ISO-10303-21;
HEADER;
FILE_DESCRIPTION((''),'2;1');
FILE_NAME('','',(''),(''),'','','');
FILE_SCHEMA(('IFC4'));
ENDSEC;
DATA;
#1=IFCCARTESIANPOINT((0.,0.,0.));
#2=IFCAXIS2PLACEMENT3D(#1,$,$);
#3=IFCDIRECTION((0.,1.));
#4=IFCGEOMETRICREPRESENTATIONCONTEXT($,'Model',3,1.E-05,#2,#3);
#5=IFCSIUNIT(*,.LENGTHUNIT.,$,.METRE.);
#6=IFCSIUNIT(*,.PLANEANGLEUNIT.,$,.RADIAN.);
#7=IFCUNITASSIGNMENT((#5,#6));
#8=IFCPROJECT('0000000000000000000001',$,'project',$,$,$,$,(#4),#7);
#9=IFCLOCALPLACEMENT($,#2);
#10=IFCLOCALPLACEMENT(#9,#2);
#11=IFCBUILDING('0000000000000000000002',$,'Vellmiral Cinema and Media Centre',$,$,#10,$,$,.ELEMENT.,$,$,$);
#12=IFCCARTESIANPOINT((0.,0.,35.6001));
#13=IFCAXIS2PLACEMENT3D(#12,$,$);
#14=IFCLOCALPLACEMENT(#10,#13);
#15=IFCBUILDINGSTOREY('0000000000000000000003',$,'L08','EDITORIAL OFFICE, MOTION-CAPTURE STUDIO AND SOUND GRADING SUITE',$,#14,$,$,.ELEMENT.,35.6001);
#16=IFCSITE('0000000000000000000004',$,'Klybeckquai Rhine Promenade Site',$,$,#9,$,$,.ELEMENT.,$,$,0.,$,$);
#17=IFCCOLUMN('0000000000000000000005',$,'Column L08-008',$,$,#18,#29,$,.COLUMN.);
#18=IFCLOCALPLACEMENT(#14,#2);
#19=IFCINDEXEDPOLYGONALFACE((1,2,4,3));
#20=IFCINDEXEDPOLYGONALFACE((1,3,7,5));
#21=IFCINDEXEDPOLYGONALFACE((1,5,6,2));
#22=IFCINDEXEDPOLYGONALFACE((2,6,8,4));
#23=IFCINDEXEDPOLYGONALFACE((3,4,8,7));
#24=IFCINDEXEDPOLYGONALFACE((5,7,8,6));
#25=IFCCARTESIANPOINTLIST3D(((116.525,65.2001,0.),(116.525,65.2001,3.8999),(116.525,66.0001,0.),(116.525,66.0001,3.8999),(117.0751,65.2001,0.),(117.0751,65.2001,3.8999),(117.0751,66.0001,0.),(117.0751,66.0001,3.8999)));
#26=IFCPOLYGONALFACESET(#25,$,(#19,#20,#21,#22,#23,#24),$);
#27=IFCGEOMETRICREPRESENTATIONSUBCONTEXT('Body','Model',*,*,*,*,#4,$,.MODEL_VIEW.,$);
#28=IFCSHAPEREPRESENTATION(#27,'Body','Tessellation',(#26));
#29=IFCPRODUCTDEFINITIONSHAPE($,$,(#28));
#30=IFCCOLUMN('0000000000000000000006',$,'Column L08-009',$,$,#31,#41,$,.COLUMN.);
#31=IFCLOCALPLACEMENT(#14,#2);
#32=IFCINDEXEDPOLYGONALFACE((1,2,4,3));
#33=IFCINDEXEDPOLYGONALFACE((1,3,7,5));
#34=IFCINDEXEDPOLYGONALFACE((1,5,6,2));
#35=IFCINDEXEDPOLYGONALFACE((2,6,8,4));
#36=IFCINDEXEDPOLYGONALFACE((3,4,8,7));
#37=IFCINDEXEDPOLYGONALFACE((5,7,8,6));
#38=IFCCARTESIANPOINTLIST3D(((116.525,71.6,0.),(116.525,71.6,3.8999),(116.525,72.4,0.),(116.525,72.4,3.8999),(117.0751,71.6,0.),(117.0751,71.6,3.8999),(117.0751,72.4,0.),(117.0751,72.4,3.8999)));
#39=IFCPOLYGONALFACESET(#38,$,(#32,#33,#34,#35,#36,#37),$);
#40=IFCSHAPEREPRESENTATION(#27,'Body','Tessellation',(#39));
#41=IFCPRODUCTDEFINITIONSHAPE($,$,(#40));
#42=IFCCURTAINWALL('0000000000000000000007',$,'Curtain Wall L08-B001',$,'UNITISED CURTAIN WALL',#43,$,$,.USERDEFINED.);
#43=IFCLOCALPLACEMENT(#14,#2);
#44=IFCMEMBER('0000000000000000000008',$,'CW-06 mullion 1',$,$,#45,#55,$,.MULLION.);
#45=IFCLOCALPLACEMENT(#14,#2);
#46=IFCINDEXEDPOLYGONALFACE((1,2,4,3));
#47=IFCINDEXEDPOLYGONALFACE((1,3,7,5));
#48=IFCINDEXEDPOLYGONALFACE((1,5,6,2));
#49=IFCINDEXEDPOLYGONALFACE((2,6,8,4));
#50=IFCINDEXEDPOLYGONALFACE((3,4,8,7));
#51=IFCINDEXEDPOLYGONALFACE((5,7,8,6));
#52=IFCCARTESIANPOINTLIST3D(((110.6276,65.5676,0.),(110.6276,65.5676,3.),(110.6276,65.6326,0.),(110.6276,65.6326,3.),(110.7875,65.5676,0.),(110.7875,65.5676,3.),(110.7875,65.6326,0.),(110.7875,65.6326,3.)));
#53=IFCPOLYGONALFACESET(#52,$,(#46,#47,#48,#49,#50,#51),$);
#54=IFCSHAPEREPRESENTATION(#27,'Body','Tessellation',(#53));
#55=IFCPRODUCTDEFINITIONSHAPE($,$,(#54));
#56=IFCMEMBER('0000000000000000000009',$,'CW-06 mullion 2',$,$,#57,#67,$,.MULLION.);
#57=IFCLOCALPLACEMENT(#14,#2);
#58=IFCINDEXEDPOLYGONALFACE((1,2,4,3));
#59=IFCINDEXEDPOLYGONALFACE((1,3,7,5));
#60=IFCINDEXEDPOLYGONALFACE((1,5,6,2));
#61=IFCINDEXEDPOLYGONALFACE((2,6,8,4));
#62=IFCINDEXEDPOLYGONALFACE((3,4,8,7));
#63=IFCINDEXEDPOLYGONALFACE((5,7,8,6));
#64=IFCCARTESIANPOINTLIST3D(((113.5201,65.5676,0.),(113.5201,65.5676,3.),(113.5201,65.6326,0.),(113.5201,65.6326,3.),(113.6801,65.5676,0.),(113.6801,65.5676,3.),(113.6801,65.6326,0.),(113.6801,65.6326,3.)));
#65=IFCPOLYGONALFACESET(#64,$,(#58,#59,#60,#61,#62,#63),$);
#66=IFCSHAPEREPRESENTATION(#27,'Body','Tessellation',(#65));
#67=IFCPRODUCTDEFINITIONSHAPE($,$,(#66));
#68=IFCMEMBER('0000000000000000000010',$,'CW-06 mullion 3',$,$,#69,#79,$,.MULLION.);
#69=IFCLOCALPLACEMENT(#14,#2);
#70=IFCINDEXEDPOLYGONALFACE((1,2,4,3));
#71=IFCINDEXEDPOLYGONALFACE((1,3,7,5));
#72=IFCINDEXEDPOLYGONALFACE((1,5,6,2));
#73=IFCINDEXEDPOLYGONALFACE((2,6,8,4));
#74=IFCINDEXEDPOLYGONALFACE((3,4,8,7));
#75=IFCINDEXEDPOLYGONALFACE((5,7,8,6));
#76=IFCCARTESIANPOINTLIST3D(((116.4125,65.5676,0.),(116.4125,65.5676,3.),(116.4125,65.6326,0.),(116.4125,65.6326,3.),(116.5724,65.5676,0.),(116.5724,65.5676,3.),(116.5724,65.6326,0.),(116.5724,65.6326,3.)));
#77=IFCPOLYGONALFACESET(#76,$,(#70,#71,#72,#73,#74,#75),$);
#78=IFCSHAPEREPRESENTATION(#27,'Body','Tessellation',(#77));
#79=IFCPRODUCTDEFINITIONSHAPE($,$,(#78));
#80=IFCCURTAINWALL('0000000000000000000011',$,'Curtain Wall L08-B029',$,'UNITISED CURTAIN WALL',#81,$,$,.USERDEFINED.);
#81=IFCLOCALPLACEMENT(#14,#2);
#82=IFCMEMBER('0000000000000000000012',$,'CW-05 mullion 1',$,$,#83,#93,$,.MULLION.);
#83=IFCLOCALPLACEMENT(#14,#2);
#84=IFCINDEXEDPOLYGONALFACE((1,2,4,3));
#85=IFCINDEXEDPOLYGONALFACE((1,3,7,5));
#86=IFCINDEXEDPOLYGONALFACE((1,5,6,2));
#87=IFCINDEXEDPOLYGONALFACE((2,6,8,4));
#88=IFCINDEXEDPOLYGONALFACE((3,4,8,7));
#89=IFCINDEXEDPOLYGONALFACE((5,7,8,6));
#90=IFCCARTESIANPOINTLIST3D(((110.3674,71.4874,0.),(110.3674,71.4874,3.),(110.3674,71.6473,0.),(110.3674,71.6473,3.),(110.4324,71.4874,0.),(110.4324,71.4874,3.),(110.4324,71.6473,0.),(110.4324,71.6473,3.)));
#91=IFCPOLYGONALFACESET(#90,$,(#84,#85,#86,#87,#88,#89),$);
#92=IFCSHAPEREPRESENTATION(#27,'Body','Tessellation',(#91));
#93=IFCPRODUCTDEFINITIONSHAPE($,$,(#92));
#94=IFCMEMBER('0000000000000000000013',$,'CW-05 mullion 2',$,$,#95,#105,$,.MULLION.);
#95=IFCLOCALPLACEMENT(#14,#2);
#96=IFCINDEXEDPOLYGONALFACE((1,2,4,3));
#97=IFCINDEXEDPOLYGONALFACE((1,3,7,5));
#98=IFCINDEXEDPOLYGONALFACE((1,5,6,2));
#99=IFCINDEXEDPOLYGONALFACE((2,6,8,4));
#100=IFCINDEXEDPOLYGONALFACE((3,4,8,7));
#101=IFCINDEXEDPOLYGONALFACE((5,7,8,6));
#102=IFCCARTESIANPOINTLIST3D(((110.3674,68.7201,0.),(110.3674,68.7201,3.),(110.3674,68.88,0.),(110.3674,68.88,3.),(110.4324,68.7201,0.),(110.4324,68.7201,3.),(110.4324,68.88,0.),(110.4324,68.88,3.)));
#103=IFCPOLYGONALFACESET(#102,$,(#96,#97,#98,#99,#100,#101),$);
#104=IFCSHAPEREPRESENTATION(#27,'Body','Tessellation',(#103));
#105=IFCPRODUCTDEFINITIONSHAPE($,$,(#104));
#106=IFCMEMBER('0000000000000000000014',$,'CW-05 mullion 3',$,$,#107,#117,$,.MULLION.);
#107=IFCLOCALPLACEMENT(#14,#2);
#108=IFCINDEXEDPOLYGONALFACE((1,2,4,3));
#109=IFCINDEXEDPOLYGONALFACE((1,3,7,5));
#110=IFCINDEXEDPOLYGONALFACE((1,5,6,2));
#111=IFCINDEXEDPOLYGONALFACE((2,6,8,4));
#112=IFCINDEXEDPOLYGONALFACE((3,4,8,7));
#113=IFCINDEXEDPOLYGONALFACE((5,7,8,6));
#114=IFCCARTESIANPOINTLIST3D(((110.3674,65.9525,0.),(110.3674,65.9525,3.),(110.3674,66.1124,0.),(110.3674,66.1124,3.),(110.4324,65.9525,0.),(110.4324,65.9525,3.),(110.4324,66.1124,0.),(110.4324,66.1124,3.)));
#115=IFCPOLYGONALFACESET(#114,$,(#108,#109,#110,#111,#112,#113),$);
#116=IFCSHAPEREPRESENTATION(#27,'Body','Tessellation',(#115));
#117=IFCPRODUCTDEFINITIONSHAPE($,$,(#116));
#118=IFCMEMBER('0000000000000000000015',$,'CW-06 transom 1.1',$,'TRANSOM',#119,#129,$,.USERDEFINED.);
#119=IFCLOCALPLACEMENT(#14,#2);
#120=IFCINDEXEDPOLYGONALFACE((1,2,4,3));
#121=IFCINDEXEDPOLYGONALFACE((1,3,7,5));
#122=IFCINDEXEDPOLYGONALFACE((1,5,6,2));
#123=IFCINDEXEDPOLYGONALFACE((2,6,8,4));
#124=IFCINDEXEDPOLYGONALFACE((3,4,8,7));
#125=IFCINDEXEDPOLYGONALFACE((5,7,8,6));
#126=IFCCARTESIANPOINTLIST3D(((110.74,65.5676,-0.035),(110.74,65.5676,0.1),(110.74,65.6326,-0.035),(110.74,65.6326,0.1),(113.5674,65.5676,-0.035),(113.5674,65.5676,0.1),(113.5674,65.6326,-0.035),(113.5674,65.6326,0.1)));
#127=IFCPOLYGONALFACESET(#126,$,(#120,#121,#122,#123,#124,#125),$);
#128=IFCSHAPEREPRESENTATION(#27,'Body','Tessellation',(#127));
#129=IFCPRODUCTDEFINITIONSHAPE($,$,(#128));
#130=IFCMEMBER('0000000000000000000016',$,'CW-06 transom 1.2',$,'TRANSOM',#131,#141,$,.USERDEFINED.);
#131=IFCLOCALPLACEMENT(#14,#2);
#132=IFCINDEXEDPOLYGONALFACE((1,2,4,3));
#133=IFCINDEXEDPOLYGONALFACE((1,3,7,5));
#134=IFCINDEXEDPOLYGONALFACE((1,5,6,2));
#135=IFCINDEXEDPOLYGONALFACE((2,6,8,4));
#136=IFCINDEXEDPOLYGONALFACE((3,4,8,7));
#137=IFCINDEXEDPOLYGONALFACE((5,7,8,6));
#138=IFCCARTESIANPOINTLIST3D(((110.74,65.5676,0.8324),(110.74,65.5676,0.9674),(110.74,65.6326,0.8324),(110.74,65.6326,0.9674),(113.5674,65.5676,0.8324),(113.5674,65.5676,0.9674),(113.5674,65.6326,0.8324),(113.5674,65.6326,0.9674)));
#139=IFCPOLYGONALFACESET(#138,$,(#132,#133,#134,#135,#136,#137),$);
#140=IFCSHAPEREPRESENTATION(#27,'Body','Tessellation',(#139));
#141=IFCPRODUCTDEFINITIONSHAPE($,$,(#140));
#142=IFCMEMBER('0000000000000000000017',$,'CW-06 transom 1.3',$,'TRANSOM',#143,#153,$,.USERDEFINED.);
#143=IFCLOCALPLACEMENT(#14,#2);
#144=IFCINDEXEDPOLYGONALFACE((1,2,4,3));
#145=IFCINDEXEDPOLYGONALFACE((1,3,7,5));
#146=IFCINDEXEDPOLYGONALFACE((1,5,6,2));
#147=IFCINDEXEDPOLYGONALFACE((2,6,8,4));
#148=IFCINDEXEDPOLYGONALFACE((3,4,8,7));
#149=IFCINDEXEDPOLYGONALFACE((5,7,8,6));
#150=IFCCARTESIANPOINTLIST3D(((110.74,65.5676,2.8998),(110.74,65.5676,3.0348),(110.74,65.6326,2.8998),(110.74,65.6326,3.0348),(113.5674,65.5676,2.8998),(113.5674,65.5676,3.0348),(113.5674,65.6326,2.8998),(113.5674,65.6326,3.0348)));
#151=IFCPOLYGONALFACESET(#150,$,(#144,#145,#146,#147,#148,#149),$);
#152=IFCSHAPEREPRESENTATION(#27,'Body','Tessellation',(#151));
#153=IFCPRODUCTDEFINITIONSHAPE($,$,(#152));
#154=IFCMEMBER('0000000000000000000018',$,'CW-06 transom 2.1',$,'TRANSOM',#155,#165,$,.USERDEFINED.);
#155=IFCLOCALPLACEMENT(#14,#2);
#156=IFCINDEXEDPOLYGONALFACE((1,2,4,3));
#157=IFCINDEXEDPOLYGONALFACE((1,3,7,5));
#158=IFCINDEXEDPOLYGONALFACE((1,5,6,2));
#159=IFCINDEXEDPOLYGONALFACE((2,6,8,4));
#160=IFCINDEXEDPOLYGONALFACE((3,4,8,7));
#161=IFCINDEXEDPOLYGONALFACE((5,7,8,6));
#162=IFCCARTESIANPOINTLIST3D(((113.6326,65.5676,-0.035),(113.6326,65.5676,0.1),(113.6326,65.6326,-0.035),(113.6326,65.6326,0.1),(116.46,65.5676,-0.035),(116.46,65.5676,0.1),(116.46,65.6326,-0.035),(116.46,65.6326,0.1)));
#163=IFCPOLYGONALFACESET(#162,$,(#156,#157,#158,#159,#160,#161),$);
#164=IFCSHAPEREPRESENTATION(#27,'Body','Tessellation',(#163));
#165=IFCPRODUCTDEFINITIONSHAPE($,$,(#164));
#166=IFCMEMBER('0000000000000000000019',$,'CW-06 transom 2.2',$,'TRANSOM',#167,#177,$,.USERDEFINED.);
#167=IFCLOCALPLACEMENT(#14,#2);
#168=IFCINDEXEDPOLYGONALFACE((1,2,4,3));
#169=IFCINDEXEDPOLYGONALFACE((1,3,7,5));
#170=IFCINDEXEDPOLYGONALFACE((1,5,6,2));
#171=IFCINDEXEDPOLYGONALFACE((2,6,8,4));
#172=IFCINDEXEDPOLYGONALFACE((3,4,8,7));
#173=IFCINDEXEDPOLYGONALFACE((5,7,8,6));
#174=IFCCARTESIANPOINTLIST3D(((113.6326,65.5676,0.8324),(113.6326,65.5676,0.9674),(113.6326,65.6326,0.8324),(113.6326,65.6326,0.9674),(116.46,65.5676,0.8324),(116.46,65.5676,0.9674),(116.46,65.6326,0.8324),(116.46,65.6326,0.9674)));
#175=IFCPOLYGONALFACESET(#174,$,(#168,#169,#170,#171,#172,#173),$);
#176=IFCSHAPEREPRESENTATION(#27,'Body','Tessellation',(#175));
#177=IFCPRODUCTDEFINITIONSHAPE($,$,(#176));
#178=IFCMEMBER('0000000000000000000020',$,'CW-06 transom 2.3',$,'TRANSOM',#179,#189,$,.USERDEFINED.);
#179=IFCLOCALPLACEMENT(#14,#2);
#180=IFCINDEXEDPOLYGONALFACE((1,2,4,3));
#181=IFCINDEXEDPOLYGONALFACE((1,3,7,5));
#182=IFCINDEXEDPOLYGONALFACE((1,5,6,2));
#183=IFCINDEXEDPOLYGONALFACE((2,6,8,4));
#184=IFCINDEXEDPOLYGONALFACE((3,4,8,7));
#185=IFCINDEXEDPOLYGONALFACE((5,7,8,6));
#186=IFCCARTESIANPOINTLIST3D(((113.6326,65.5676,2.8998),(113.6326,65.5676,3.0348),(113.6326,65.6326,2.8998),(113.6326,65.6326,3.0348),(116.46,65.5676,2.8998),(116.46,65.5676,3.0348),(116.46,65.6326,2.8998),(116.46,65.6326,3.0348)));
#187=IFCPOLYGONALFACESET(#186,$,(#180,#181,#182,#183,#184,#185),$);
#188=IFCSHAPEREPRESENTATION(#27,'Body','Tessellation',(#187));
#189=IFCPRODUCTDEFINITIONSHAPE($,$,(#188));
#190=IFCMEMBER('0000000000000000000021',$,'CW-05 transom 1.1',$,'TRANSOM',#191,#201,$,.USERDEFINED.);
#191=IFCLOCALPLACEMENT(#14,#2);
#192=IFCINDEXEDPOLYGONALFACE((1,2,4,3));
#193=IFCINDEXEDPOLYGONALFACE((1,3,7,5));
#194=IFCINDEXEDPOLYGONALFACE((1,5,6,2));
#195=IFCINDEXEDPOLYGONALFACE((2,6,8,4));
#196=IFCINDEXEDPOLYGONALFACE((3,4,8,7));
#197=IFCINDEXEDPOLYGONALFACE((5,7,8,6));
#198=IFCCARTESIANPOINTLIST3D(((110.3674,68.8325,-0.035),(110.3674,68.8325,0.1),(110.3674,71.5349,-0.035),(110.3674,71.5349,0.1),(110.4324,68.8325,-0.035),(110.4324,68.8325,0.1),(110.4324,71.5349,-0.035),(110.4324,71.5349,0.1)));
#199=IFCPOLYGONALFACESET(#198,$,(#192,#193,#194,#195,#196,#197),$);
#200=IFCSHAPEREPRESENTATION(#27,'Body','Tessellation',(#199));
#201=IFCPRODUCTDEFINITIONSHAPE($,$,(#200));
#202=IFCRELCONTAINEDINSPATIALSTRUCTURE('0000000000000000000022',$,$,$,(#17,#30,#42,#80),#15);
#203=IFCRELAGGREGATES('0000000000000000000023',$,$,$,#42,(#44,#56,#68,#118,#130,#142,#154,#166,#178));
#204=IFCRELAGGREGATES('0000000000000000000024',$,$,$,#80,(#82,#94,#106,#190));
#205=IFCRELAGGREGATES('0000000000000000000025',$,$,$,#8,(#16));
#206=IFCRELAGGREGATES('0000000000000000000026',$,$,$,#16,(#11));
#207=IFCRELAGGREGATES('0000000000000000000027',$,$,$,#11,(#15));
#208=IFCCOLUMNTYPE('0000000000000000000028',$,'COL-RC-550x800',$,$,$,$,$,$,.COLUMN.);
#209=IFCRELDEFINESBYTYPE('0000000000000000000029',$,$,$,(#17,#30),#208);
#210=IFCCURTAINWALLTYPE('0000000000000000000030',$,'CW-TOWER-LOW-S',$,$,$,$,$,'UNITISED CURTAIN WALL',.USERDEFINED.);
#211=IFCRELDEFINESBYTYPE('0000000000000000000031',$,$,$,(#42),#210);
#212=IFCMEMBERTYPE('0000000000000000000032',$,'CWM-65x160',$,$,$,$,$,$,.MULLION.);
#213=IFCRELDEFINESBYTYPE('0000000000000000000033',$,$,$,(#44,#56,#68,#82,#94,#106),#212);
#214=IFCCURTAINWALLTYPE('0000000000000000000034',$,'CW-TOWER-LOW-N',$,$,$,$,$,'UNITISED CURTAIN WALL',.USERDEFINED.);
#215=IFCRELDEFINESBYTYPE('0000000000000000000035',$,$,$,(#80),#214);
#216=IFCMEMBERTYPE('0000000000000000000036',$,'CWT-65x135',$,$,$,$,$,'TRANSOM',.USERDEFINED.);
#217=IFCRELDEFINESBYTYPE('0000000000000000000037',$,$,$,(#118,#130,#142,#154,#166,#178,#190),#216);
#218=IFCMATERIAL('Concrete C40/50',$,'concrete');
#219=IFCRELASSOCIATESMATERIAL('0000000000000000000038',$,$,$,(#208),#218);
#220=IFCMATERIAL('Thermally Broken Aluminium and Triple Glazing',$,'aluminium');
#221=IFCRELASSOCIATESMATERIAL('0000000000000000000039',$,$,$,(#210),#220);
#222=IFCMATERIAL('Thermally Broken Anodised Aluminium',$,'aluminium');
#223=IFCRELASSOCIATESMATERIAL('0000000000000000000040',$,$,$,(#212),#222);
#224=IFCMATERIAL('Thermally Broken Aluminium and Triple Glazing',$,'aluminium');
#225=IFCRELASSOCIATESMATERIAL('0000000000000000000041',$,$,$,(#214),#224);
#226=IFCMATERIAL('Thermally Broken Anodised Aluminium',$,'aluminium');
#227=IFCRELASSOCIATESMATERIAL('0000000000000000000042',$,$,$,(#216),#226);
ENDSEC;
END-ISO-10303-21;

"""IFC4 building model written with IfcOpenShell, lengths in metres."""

from ifc_helpers import new_model, si_unit, direction, frame, origin, origin_2d, place, context, subcontext, project, spatial, rectangle, extrude, material, material_profile, profile_set, type_object, element, aggregate, save


model = new_model("IFC4")

# Units and contexts
model_context = context("Model", 3, precision=1e-05, world=origin(), true_north=direction((0.0, 1.0)))
body_context = subcontext(model_context, "Body", "Model", "MODEL_VIEW")
ifc_project = project(units=[si_unit("LENGTHUNIT", "METRE"), si_unit("PLANEANGLEUNIT", "RADIAN")], contexts=[model_context])

# Site, building, storey
site_placement = place(None, origin())
site = spatial("IfcSite", under=ifc_project, at=site_placement, Name="Klybeckquai Rhine Promenade Site", CompositionType="ELEMENT", RefElevation=0.0)
building_placement = place(site_placement, origin())
building = spatial("IfcBuilding", under=site, at=building_placement, Name="Vellmiral Cinema and Media Centre", CompositionType="ELEMENT")
storey_placement = place(building_placement, frame((0.0, 0.0, 35.6001)))
storey = spatial("IfcBuildingStorey", under=building, at=storey_placement, Name="L08", Description="EDITORIAL OFFICE, MOTION-CAPTURE STUDIO AND SOUND GRADING SUITE", CompositionType="ELEMENT", Elevation=35.6001)

# Columns
ifc_material_1 = material(Name="Concrete C40/50", Category="concrete")
ifc_material_profile_1 = material_profile(ifc_material_1, rectangle(XDim=0.55, YDim=0.8, at=origin_2d()), Name="RC 550x800")
ifc_profile_set_1 = profile_set([ifc_material_profile_1], Name="Concrete C40/50")
column_type = type_object("IfcColumnType", Name="COL-RC-550x800", PredefinedType="COLUMN", material=ifc_profile_set_1)
for number, where, z_axis, x_axis, name in (
    (1, (116.8, 65.6001, 0.0), (0.0, 0.0, 1.0), (1.0, 0.0, 0.0), "Column L08-008"),
    (2, (116.8, 72.0, 0.0), (0.0, 0.0, 1.0), (1.0, 0.0, 0.0), "Column L08-009"),
):
    element("IfcColumn", number, at=place(storey_placement, frame(where, z_axis=z_axis, x_axis=x_axis)), inside=storey, type_object=column_type, Name=name, PredefinedType="COLUMN", context=body_context, shape_type="SweptSolid", body=[
        extrude(rectangle(XDim=0.55, YDim=0.8, at=origin_2d()), origin(), (0.0, 0.0, 1.0), 3.8999),
    ])

# Curtain walls, members
ifc_material_2 = material(Name="Thermally Broken Aluminium and Triple Glazing", Category="aluminium")
curtain_wall_type_1 = type_object("IfcCurtainWallType", Name="CW-TOWER-LOW-S", ElementType="UNITISED CURTAIN WALL", PredefinedType="USERDEFINED", material=ifc_material_2)
curtain_wall_1_placement = place(storey_placement, origin())
curtain_wall_1 = element("IfcCurtainWall", 3, at=curtain_wall_1_placement, inside=storey, type_object=curtain_wall_type_1, Name="Curtain Wall L08-B001", ObjectType="UNITISED CURTAIN WALL", PredefinedType="USERDEFINED")
ifc_material_3 = material(Name="Thermally Broken Anodised Aluminium", Category="aluminium")
ifc_material_profile_2 = material_profile(ifc_material_3, rectangle(XDim=0.0649, YDim=0.1599, at=origin_2d()), Name="MULL 65x160")
ifc_profile_set_2 = profile_set([ifc_material_profile_2], Name="Thermally Broken Anodised Aluminium")
member_type_1 = type_object("IfcMemberType", Name="CWM-65x160", PredefinedType="MULLION", material=ifc_profile_set_2)
member_1_placement = place(storey_placement, frame((110.7075, 65.6001, 0.0), z_axis=(0.0, 0.0, 1.0), x_axis=(0.0, 1.0, 0.0)))
member_1 = element("IfcMember", 4, at=member_1_placement, type_object=member_type_1, Name="CW-06 mullion 1", PredefinedType="MULLION", context=body_context, shape_type="SweptSolid", body=[
    extrude(rectangle(XDim=0.0649, YDim=0.1599, at=origin_2d()), origin(), (0.0, 0.0, 1.0), 3.0),
])
member_2_placement = place(storey_placement, frame((113.6001, 65.6001, 0.0), z_axis=(0.0, 0.0, 1.0), x_axis=(0.0, 1.0, 0.0)))
member_2 = element("IfcMember", 5, at=member_2_placement, type_object=member_type_1, Name="CW-06 mullion 2", PredefinedType="MULLION", context=body_context, shape_type="SweptSolid", body=[
    extrude(rectangle(XDim=0.0649, YDim=0.1599, at=origin_2d()), origin(), (0.0, 0.0, 1.0), 3.0),
])
member_3_placement = place(storey_placement, frame((116.4924, 65.6001, 0.0), z_axis=(0.0, 0.0, 1.0), x_axis=(0.0, 1.0, 0.0)))
member_3 = element("IfcMember", 6, at=member_3_placement, type_object=member_type_1, Name="CW-06 mullion 3", PredefinedType="MULLION", context=body_context, shape_type="SweptSolid", body=[
    extrude(rectangle(XDim=0.0649, YDim=0.1599, at=origin_2d()), origin(), (0.0, 0.0, 1.0), 3.0),
])
ifc_material_4 = material(Name="Thermally Broken Aluminium and Triple Glazing", Category="aluminium")
curtain_wall_type_2 = type_object("IfcCurtainWallType", Name="CW-TOWER-LOW-N", ElementType="UNITISED CURTAIN WALL", PredefinedType="USERDEFINED", material=ifc_material_4)
curtain_wall_2_placement = place(storey_placement, origin())
curtain_wall_2 = element("IfcCurtainWall", 7, at=curtain_wall_2_placement, inside=storey, type_object=curtain_wall_type_2, Name="Curtain Wall L08-B029", ObjectType="UNITISED CURTAIN WALL", PredefinedType="USERDEFINED")
member_4_placement = place(storey_placement, frame((110.3999, 71.5674, 0.0), z_axis=(0.0, 0.0, 1.0), x_axis=(1.0, 0.0, 0.0)))
member_4 = element("IfcMember", 8, at=member_4_placement, type_object=member_type_1, Name="CW-05 mullion 1", PredefinedType="MULLION", context=body_context, shape_type="SweptSolid", body=[
    extrude(rectangle(XDim=0.0649, YDim=0.1599, at=origin_2d()), origin(), (0.0, 0.0, 1.0), 3.0),
])
member_5_placement = place(storey_placement, frame((110.3999, 68.8, 0.0), z_axis=(0.0, 0.0, 1.0), x_axis=(1.0, 0.0, 0.0)))
member_5 = element("IfcMember", 9, at=member_5_placement, type_object=member_type_1, Name="CW-05 mullion 2", PredefinedType="MULLION", context=body_context, shape_type="SweptSolid", body=[
    extrude(rectangle(XDim=0.0649, YDim=0.1599, at=origin_2d()), origin(), (0.0, 0.0, 1.0), 3.0),
])
member_6_placement = place(storey_placement, frame((110.3999, 66.0325, 0.0), z_axis=(0.0, 0.0, 1.0), x_axis=(1.0, 0.0, 0.0)))
member_6 = element("IfcMember", 10, at=member_6_placement, type_object=member_type_1, Name="CW-05 mullion 3", PredefinedType="MULLION", context=body_context, shape_type="SweptSolid", body=[
    extrude(rectangle(XDim=0.0649, YDim=0.1599, at=origin_2d()), origin(), (0.0, 0.0, 1.0), 3.0),
])

# Members
ifc_material_5 = material(Name="Thermally Broken Anodised Aluminium", Category="aluminium")
ifc_material_profile_3 = material_profile(ifc_material_5, rectangle(XDim=0.0649, YDim=0.135, at=origin_2d()), Name="MULL 65x135")
ifc_profile_set_3 = profile_set([ifc_material_profile_3], Name="Thermally Broken Anodised Aluminium")
member_type_2 = type_object("IfcMemberType", Name="CWT-65x135", ElementType="TRANSOM", PredefinedType="USERDEFINED", material=ifc_profile_set_3)
member_7_placement = place(storey_placement, frame((110.74, 65.6001, 0.0325), z_axis=(1.0, 0.0, 0.0), x_axis=(0.0, 1.0, 0.0)))
member_7 = element("IfcMember", 11, at=member_7_placement, type_object=member_type_2, Name="CW-06 transom 1.1", ObjectType="TRANSOM", PredefinedType="USERDEFINED", context=body_context, shape_type="SweptSolid", body=[
    extrude(rectangle(XDim=0.0649, YDim=0.135, at=origin_2d()), origin(), (0.0, 0.0, 1.0), 2.8274),
])
member_8_placement = place(storey_placement, frame((110.74, 65.6001, 0.8999), z_axis=(1.0, 0.0, 0.0), x_axis=(0.0, 1.0, 0.0)))
member_8 = element("IfcMember", 12, at=member_8_placement, type_object=member_type_2, Name="CW-06 transom 1.2", ObjectType="TRANSOM", PredefinedType="USERDEFINED", context=body_context, shape_type="SweptSolid", body=[
    extrude(rectangle(XDim=0.0649, YDim=0.135, at=origin_2d()), origin(), (0.0, 0.0, 1.0), 2.8274),
])
member_9_placement = place(storey_placement, frame((110.74, 65.6001, 2.9673), z_axis=(1.0, 0.0, 0.0), x_axis=(0.0, 1.0, 0.0)))
member_9 = element("IfcMember", 13, at=member_9_placement, type_object=member_type_2, Name="CW-06 transom 1.3", ObjectType="TRANSOM", PredefinedType="USERDEFINED", context=body_context, shape_type="SweptSolid", body=[
    extrude(rectangle(XDim=0.0649, YDim=0.135, at=origin_2d()), origin(), (0.0, 0.0, 1.0), 2.8274),
])
member_10_placement = place(storey_placement, frame((113.6326, 65.6001, 0.0325), z_axis=(1.0, 0.0, 0.0), x_axis=(0.0, 1.0, 0.0)))
member_10 = element("IfcMember", 14, at=member_10_placement, type_object=member_type_2, Name="CW-06 transom 2.1", ObjectType="TRANSOM", PredefinedType="USERDEFINED", context=body_context, shape_type="SweptSolid", body=[
    extrude(rectangle(XDim=0.0649, YDim=0.135, at=origin_2d()), origin(), (0.0, 0.0, 1.0), 2.8274),
])
member_11_placement = place(storey_placement, frame((113.6326, 65.6001, 0.8999), z_axis=(1.0, 0.0, 0.0), x_axis=(0.0, 1.0, 0.0)))
member_11 = element("IfcMember", 15, at=member_11_placement, type_object=member_type_2, Name="CW-06 transom 2.2", ObjectType="TRANSOM", PredefinedType="USERDEFINED", context=body_context, shape_type="SweptSolid", body=[
    extrude(rectangle(XDim=0.0649, YDim=0.135, at=origin_2d()), origin(), (0.0, 0.0, 1.0), 2.8274),
])
member_12_placement = place(storey_placement, frame((113.6326, 65.6001, 2.9673), z_axis=(1.0, 0.0, 0.0), x_axis=(0.0, 1.0, 0.0)))
member_12 = element("IfcMember", 16, at=member_12_placement, type_object=member_type_2, Name="CW-06 transom 2.3", ObjectType="TRANSOM", PredefinedType="USERDEFINED", context=body_context, shape_type="SweptSolid", body=[
    extrude(rectangle(XDim=0.0649, YDim=0.135, at=origin_2d()), origin(), (0.0, 0.0, 1.0), 2.8274),
])
member_13_placement = place(storey_placement, frame((110.3999, 71.5349, 0.0325), z_axis=(0.0, -1.0, 0.0), x_axis=(1.0, 0.0, 0.0)))
member_13 = element("IfcMember", 17, at=member_13_placement, type_object=member_type_2, Name="CW-05 transom 1.1", ObjectType="TRANSOM", PredefinedType="USERDEFINED", context=body_context, shape_type="SweptSolid", body=[
    extrude(rectangle(XDim=0.0649, YDim=0.135, at=origin_2d()), origin(), (0.0, 0.0, 1.0), 2.7024),
])

aggregate(curtain_wall_1, [member_1, member_2, member_3, member_7, member_8, member_9, member_10, member_11, member_12])
aggregate(curtain_wall_2, [member_4, member_5, member_6, member_13])

save(model, "model.ifc")
